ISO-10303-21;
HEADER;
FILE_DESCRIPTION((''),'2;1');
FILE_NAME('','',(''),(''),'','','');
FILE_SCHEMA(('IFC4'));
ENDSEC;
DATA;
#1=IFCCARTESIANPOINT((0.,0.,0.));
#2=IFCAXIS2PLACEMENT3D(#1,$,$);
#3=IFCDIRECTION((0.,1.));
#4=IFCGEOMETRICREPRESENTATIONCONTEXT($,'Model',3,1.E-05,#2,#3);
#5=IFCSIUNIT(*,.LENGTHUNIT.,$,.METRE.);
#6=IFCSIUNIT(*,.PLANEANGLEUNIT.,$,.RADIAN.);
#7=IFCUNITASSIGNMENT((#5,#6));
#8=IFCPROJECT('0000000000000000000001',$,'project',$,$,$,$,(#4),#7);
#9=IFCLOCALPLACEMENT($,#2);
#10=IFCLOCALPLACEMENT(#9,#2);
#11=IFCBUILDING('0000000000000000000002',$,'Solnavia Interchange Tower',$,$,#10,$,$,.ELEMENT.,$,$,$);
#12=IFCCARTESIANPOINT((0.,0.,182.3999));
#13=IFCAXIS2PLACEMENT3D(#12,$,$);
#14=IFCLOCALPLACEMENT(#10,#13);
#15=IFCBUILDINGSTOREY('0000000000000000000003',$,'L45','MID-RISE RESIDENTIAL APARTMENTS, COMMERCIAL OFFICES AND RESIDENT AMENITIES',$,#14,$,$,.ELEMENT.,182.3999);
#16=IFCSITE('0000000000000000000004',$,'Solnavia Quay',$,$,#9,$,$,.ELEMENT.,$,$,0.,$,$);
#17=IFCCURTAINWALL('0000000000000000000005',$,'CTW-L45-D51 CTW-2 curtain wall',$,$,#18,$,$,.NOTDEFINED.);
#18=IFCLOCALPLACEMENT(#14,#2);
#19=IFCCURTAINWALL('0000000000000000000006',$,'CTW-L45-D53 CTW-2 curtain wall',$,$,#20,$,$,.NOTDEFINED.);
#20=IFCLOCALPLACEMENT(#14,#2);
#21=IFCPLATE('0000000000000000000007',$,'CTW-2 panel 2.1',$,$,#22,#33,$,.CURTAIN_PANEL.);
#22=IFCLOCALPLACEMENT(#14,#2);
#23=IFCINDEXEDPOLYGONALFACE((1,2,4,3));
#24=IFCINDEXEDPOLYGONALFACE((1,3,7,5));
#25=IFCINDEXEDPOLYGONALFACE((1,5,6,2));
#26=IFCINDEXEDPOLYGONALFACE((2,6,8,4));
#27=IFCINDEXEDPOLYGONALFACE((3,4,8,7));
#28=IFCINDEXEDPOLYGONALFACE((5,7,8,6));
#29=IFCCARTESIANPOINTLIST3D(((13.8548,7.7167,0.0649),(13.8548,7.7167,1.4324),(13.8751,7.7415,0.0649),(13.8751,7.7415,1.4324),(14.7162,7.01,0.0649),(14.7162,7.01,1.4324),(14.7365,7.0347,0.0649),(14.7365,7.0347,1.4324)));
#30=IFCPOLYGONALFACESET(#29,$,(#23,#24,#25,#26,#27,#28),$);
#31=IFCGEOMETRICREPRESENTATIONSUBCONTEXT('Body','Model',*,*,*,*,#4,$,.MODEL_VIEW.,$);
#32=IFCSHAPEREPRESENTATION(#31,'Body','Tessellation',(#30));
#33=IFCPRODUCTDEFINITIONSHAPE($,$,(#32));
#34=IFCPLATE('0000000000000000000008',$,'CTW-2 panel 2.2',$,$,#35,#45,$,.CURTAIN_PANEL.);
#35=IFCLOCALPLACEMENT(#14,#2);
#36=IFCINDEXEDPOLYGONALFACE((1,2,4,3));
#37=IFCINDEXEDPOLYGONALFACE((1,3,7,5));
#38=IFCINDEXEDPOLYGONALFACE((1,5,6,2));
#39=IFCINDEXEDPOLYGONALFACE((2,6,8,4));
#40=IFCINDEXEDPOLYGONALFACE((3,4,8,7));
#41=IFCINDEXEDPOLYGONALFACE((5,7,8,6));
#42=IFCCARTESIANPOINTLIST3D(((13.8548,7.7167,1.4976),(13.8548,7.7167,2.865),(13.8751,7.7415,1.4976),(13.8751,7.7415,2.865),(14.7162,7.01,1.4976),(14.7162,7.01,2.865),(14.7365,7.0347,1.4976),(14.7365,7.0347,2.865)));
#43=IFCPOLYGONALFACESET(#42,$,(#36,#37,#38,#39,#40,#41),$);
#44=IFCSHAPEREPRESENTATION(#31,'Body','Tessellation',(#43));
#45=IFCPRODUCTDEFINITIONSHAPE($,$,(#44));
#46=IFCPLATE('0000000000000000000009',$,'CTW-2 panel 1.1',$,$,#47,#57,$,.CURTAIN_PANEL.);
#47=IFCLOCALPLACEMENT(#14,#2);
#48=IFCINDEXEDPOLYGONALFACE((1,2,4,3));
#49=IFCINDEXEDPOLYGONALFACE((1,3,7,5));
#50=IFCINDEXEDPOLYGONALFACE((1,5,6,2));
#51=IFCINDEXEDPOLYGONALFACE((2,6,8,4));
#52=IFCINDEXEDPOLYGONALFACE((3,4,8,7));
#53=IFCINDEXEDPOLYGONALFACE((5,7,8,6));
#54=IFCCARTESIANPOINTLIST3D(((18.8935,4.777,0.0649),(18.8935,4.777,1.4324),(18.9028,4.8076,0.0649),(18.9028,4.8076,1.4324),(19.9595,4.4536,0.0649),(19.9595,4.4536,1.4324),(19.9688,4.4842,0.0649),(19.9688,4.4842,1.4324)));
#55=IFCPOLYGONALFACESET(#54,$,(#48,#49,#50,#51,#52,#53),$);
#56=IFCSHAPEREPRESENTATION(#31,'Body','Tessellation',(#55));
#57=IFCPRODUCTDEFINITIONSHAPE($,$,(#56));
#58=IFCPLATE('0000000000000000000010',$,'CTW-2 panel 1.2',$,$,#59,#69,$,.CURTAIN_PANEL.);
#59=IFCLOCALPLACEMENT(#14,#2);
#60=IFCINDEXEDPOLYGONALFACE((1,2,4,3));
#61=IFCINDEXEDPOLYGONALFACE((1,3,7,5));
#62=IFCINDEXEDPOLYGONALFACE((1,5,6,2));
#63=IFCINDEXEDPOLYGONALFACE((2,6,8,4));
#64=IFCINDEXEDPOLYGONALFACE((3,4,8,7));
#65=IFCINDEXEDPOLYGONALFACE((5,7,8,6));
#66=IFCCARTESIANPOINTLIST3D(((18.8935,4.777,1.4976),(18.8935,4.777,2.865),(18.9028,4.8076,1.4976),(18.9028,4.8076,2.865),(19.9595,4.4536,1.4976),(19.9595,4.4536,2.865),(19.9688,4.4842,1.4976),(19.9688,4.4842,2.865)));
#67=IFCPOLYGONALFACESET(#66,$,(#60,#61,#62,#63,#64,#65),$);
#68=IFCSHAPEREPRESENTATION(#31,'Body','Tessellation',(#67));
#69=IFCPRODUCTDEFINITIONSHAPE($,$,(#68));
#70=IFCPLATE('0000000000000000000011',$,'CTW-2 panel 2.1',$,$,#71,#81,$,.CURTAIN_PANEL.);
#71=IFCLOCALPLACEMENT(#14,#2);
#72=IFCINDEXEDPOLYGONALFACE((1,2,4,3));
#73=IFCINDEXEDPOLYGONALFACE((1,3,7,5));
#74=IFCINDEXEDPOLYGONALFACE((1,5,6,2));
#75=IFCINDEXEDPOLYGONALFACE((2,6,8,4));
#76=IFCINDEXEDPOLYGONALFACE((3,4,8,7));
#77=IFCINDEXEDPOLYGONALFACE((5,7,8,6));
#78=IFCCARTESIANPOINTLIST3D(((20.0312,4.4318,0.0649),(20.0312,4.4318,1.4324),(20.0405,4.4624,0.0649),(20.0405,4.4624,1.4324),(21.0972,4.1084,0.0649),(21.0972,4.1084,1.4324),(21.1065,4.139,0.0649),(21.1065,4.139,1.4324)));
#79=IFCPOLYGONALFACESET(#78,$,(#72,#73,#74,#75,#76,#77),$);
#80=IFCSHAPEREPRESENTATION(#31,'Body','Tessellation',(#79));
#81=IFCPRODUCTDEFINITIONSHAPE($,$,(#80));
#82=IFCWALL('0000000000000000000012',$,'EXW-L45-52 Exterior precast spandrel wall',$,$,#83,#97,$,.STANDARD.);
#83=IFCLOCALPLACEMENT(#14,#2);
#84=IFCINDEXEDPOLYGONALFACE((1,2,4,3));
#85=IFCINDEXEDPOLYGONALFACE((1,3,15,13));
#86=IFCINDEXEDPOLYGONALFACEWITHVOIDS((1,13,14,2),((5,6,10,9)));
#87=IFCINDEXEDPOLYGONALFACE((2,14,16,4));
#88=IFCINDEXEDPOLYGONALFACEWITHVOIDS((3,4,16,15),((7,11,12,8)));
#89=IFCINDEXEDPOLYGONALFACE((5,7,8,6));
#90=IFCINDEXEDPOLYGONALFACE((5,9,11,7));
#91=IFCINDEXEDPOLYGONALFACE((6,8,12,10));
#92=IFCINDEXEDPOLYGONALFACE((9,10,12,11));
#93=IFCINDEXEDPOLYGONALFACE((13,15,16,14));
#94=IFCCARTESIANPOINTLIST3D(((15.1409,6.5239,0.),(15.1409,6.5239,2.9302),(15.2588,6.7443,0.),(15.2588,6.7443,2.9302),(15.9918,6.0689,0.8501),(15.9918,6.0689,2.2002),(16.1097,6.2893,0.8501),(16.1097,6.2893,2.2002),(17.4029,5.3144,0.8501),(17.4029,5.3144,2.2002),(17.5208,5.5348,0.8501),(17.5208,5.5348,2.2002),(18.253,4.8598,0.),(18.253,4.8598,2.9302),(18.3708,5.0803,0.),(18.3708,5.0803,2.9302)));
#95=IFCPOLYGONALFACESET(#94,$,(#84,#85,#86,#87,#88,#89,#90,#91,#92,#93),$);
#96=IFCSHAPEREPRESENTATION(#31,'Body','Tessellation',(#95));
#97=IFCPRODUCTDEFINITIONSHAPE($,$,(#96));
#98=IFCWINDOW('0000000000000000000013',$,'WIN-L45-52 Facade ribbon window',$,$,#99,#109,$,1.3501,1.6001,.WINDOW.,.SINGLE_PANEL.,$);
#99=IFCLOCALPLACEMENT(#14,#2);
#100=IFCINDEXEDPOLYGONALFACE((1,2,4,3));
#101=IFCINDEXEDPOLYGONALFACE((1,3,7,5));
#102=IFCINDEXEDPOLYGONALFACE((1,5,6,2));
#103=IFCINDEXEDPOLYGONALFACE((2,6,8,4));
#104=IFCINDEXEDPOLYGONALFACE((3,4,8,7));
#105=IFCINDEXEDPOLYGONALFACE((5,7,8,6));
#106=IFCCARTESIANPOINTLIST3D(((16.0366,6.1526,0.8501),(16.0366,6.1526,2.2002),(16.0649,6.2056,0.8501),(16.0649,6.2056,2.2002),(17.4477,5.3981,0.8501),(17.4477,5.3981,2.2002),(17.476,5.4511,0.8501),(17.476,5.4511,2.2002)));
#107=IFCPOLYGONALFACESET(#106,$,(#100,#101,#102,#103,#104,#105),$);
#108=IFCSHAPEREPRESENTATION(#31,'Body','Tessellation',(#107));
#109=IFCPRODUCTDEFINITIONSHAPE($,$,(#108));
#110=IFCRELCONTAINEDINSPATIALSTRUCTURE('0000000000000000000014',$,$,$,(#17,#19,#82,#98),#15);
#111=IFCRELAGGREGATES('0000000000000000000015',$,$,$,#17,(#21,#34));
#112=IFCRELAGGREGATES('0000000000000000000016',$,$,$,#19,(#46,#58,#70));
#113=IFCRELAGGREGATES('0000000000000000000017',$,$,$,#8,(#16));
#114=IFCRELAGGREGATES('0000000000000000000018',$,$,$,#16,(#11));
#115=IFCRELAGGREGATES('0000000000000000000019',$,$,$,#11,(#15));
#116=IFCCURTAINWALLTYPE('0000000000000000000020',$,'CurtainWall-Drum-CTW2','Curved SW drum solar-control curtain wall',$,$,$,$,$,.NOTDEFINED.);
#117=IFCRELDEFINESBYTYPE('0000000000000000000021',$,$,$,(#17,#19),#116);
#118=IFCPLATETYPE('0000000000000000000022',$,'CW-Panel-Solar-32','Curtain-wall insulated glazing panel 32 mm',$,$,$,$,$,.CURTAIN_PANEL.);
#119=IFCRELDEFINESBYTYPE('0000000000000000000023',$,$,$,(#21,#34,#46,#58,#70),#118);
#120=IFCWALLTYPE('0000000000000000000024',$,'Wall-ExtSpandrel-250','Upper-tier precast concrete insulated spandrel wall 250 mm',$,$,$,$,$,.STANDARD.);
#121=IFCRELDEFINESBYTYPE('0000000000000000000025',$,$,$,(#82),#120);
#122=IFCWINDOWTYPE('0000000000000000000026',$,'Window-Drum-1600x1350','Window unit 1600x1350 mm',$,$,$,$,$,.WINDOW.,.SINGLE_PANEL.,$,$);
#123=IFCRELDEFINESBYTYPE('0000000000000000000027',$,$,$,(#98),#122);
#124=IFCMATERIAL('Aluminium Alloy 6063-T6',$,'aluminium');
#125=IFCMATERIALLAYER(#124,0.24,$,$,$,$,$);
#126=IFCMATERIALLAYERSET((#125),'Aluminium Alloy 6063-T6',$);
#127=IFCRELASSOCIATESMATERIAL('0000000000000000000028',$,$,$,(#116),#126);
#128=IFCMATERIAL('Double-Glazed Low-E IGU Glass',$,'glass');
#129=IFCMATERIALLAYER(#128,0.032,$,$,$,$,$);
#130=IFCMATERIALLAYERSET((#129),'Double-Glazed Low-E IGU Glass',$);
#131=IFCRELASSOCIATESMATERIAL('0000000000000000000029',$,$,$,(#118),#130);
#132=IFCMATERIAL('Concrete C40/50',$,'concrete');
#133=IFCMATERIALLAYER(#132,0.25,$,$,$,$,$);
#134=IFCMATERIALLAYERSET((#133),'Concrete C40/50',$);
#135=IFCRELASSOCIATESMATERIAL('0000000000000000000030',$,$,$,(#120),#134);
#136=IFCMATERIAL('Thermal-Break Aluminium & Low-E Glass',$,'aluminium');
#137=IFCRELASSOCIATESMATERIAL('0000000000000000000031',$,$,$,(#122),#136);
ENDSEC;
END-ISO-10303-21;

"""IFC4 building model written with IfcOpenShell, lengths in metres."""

from ifc_helpers import new_model, si_unit, direction, frame, frame_2d, origin, origin_2d, place, context, subcontext, project, spatial, rectangle, extrude, material, layer, layer_set, type_object, element, fill, aggregate, save


model = new_model("IFC4")

# Units and contexts
model_context = context("Model", 3, precision=1e-05, world=origin(), true_north=direction((0.0, 1.0)))
body_context = subcontext(model_context, "Body", "Model", "MODEL_VIEW")
ifc_project = project(units=[si_unit("LENGTHUNIT", "METRE"), si_unit("PLANEANGLEUNIT", "RADIAN")], contexts=[model_context])

# Site, building, storey
site_placement = place(None, origin())
site = spatial("IfcSite", under=ifc_project, at=site_placement, Name="Solnavia Quay", CompositionType="ELEMENT", RefElevation=0.0)
building_placement = place(site_placement, origin())
building = spatial("IfcBuilding", under=site, at=building_placement, Name="Solnavia Interchange Tower", CompositionType="ELEMENT")
storey_placement = place(building_placement, frame((0.0, 0.0, 182.3999)))
storey = spatial("IfcBuildingStorey", under=building, at=storey_placement, Name="L45", Description="MID-RISE RESIDENTIAL APARTMENTS, COMMERCIAL OFFICES AND RESIDENT AMENITIES", CompositionType="ELEMENT", Elevation=182.3999)

# Curtain wall
ifc_material_1 = material(Name="Aluminium Alloy 6063-T6", Category="aluminium")
ifc_layer_1 = layer(ifc_material_1, 0.24)
ifc_layer_set_1 = layer_set([ifc_layer_1], Name="Aluminium Alloy 6063-T6")
curtain_wall_type = type_object("IfcCurtainWallType", Name="CurtainWall-Drum-CTW2", Description="Curved SW drum solar-control curtain wall", PredefinedType="NOTDEFINED", material=ifc_layer_set_1)
curtain_wall_1_placement = place(storey_placement, origin())
curtain_wall_1 = element("IfcCurtainWall", 1, at=curtain_wall_1_placement, inside=storey, type_object=curtain_wall_type, Name="CTW-L45-D51 CTW-2 curtain wall", PredefinedType="NOTDEFINED")

# Curtain wall
curtain_wall_2_placement = place(storey_placement, origin())
curtain_wall_2 = element("IfcCurtainWall", 2, at=curtain_wall_2_placement, inside=storey, type_object=curtain_wall_type, Name="CTW-L45-D53 CTW-2 curtain wall", PredefinedType="NOTDEFINED")

# Plates
ifc_material_2 = material(Name="Double-Glazed Low-E IGU Glass", Category="glass")
ifc_layer_2 = layer(ifc_material_2, 0.032)
ifc_layer_set_2 = layer_set([ifc_layer_2], Name="Double-Glazed Low-E IGU Glass")
plate_type = type_object("IfcPlateType", Name="CW-Panel-Solar-32", Description="Curtain-wall insulated glazing panel 32 mm", PredefinedType="CURTAIN_PANEL", material=ifc_layer_set_2)
plate_1_placement = place(storey_placement, frame((14.2957, 7.3757, 0.0649), z_axis=(0.0, 0.0, 1.0), x_axis=(0.773103, -0.63428, 0.0)))
plate_1 = element("IfcPlate", 3, at=plate_1_placement, type_object=plate_type, Name="CTW-2 panel 2.1", PredefinedType="CURTAIN_PANEL", context=body_context, shape_type="SweptSolid", body=[
    extrude(rectangle(XDim=1.1143, YDim=0.032, at=origin_2d()), origin(), (0.0, 0.0, 1.0), 1.3674),
])
plate_2_placement = place(storey_placement, frame((14.2957, 7.3757, 1.4976), z_axis=(0.0, 0.0, 1.0), x_axis=(0.773103, -0.63428, 0.0)))
plate_2 = element("IfcPlate", 4, at=plate_2_placement, type_object=plate_type, Name="CTW-2 panel 2.2", PredefinedType="CURTAIN_PANEL", context=body_context, shape_type="SweptSolid", body=[
    extrude(rectangle(XDim=1.1143, YDim=0.032, at=origin_2d()), origin(), (0.0, 0.0, 1.0), 1.3674),
])
aggregate(curtain_wall_1, [plate_1, plate_2])
plate_3_placement = place(storey_placement, frame((19.4312, 4.6306, 0.0649), z_axis=(0.0, 0.0, 1.0), x_axis=(0.956942, -0.290279, 0.0)))
plate_3 = element("IfcPlate", 5, at=plate_3_placement, type_object=plate_type, Name="CTW-2 panel 1.1", PredefinedType="CURTAIN_PANEL", context=body_context, shape_type="SweptSolid", body=[
    extrude(rectangle(XDim=1.114, YDim=0.032, at=origin_2d()), origin(), (0.0, 0.0, 1.0), 1.3674),
])
plate_4_placement = place(storey_placement, frame((19.4312, 4.6306, 1.4976), z_axis=(0.0, 0.0, 1.0), x_axis=(0.956942, -0.290279, 0.0)))
plate_4 = element("IfcPlate", 6, at=plate_4_placement, type_object=plate_type, Name="CTW-2 panel 1.2", PredefinedType="CURTAIN_PANEL", context=body_context, shape_type="SweptSolid", body=[
    extrude(rectangle(XDim=1.114, YDim=0.032, at=origin_2d()), origin(), (0.0, 0.0, 1.0), 1.3674),
])
plate_5_placement = place(storey_placement, frame((20.5688, 4.2854, 0.0649), z_axis=(0.0, 0.0, 1.0), x_axis=(0.956942, -0.290279, 0.0)))
plate_5 = element("IfcPlate", 7, at=plate_5_placement, type_object=plate_type, Name="CTW-2 panel 2.1", PredefinedType="CURTAIN_PANEL", context=body_context, shape_type="SweptSolid", body=[
    extrude(rectangle(XDim=1.114, YDim=0.032, at=origin_2d()), origin(), (0.0, 0.0, 1.0), 1.3674),
])
aggregate(curtain_wall_2, [plate_3, plate_4, plate_5])

# Wall, opening, window
ifc_material_3 = material(Name="Concrete C40/50", Category="concrete")
ifc_layer_3 = layer(ifc_material_3, 0.25)
ifc_layer_set_3 = layer_set([ifc_layer_3], Name="Concrete C40/50")
wall_type = type_object("IfcWallType", Name="Wall-ExtSpandrel-250", Description="Upper-tier precast concrete insulated spandrel wall 250 mm", PredefinedType="STANDARD", material=ifc_layer_set_3)
wall_placement = place(storey_placement, frame((18.312, 4.97, 0.0), z_axis=(0.0, 0.0, 1.0), x_axis=(-0.881847, 0.471536, 0.0)))
wall = element("IfcWall", 8, at=wall_placement, inside=storey, type_object=wall_type, Name="EXW-L45-52 Exterior precast spandrel wall", PredefinedType="STANDARD", context=body_context, shape_type="SweptSolid", body=[
    extrude(rectangle(XDim=3.5291, YDim=0.25, at=frame_2d((1.7646, 0.0))), origin(), (0.0, 0.0, 1.0), 2.9302),
])
opening_placement = place(wall_placement, frame((0.9641, 0.0, 0.8501)))
opening = element("IfcOpeningElement", 9, at=opening_placement, cuts=wall, PredefinedType="OPENING", context=body_context, shape_type="SweptSolid", body=[
    extrude(rectangle(XDim=1.6001, YDim=1.3501, at=frame_2d((0.8, 0.675))), frame((0.0, 0.135, 0.0), z_axis=(0.0, -1.0, 0.0), x_axis=(1.0, 0.0, 0.0)), (0.0, 0.0, 1.0), 0.27),
])
ifc_material_4 = material(Name="Thermal-Break Aluminium & Low-E Glass", Category="aluminium")
window_type = type_object("IfcWindowType", Name="Window-Drum-1600x1350", Description="Window unit 1600x1350 mm", PartitioningType="SINGLE_PANEL", PredefinedType="WINDOW", material=ifc_material_4)
window_placement = place(opening_placement, origin())
window = element("IfcWindow", 10, at=window_placement, inside=storey, type_object=window_type, Name="WIN-L45-52 Facade ribbon window", OverallHeight=1.3501, OverallWidth=1.6001, PartitioningType="SINGLE_PANEL", PredefinedType="WINDOW", context=body_context, shape_type="SweptSolid", body=[
    extrude(rectangle(XDim=1.6001, YDim=1.3501, at=frame_2d((0.8, 0.675))), frame((0.0, 0.03, 0.0), z_axis=(0.0, -1.0, 0.0), x_axis=(1.0, 0.0, 0.0)), (0.0, 0.0, 1.0), 0.0601),
])
fill(opening, window)

save(model, "model.ifc")
